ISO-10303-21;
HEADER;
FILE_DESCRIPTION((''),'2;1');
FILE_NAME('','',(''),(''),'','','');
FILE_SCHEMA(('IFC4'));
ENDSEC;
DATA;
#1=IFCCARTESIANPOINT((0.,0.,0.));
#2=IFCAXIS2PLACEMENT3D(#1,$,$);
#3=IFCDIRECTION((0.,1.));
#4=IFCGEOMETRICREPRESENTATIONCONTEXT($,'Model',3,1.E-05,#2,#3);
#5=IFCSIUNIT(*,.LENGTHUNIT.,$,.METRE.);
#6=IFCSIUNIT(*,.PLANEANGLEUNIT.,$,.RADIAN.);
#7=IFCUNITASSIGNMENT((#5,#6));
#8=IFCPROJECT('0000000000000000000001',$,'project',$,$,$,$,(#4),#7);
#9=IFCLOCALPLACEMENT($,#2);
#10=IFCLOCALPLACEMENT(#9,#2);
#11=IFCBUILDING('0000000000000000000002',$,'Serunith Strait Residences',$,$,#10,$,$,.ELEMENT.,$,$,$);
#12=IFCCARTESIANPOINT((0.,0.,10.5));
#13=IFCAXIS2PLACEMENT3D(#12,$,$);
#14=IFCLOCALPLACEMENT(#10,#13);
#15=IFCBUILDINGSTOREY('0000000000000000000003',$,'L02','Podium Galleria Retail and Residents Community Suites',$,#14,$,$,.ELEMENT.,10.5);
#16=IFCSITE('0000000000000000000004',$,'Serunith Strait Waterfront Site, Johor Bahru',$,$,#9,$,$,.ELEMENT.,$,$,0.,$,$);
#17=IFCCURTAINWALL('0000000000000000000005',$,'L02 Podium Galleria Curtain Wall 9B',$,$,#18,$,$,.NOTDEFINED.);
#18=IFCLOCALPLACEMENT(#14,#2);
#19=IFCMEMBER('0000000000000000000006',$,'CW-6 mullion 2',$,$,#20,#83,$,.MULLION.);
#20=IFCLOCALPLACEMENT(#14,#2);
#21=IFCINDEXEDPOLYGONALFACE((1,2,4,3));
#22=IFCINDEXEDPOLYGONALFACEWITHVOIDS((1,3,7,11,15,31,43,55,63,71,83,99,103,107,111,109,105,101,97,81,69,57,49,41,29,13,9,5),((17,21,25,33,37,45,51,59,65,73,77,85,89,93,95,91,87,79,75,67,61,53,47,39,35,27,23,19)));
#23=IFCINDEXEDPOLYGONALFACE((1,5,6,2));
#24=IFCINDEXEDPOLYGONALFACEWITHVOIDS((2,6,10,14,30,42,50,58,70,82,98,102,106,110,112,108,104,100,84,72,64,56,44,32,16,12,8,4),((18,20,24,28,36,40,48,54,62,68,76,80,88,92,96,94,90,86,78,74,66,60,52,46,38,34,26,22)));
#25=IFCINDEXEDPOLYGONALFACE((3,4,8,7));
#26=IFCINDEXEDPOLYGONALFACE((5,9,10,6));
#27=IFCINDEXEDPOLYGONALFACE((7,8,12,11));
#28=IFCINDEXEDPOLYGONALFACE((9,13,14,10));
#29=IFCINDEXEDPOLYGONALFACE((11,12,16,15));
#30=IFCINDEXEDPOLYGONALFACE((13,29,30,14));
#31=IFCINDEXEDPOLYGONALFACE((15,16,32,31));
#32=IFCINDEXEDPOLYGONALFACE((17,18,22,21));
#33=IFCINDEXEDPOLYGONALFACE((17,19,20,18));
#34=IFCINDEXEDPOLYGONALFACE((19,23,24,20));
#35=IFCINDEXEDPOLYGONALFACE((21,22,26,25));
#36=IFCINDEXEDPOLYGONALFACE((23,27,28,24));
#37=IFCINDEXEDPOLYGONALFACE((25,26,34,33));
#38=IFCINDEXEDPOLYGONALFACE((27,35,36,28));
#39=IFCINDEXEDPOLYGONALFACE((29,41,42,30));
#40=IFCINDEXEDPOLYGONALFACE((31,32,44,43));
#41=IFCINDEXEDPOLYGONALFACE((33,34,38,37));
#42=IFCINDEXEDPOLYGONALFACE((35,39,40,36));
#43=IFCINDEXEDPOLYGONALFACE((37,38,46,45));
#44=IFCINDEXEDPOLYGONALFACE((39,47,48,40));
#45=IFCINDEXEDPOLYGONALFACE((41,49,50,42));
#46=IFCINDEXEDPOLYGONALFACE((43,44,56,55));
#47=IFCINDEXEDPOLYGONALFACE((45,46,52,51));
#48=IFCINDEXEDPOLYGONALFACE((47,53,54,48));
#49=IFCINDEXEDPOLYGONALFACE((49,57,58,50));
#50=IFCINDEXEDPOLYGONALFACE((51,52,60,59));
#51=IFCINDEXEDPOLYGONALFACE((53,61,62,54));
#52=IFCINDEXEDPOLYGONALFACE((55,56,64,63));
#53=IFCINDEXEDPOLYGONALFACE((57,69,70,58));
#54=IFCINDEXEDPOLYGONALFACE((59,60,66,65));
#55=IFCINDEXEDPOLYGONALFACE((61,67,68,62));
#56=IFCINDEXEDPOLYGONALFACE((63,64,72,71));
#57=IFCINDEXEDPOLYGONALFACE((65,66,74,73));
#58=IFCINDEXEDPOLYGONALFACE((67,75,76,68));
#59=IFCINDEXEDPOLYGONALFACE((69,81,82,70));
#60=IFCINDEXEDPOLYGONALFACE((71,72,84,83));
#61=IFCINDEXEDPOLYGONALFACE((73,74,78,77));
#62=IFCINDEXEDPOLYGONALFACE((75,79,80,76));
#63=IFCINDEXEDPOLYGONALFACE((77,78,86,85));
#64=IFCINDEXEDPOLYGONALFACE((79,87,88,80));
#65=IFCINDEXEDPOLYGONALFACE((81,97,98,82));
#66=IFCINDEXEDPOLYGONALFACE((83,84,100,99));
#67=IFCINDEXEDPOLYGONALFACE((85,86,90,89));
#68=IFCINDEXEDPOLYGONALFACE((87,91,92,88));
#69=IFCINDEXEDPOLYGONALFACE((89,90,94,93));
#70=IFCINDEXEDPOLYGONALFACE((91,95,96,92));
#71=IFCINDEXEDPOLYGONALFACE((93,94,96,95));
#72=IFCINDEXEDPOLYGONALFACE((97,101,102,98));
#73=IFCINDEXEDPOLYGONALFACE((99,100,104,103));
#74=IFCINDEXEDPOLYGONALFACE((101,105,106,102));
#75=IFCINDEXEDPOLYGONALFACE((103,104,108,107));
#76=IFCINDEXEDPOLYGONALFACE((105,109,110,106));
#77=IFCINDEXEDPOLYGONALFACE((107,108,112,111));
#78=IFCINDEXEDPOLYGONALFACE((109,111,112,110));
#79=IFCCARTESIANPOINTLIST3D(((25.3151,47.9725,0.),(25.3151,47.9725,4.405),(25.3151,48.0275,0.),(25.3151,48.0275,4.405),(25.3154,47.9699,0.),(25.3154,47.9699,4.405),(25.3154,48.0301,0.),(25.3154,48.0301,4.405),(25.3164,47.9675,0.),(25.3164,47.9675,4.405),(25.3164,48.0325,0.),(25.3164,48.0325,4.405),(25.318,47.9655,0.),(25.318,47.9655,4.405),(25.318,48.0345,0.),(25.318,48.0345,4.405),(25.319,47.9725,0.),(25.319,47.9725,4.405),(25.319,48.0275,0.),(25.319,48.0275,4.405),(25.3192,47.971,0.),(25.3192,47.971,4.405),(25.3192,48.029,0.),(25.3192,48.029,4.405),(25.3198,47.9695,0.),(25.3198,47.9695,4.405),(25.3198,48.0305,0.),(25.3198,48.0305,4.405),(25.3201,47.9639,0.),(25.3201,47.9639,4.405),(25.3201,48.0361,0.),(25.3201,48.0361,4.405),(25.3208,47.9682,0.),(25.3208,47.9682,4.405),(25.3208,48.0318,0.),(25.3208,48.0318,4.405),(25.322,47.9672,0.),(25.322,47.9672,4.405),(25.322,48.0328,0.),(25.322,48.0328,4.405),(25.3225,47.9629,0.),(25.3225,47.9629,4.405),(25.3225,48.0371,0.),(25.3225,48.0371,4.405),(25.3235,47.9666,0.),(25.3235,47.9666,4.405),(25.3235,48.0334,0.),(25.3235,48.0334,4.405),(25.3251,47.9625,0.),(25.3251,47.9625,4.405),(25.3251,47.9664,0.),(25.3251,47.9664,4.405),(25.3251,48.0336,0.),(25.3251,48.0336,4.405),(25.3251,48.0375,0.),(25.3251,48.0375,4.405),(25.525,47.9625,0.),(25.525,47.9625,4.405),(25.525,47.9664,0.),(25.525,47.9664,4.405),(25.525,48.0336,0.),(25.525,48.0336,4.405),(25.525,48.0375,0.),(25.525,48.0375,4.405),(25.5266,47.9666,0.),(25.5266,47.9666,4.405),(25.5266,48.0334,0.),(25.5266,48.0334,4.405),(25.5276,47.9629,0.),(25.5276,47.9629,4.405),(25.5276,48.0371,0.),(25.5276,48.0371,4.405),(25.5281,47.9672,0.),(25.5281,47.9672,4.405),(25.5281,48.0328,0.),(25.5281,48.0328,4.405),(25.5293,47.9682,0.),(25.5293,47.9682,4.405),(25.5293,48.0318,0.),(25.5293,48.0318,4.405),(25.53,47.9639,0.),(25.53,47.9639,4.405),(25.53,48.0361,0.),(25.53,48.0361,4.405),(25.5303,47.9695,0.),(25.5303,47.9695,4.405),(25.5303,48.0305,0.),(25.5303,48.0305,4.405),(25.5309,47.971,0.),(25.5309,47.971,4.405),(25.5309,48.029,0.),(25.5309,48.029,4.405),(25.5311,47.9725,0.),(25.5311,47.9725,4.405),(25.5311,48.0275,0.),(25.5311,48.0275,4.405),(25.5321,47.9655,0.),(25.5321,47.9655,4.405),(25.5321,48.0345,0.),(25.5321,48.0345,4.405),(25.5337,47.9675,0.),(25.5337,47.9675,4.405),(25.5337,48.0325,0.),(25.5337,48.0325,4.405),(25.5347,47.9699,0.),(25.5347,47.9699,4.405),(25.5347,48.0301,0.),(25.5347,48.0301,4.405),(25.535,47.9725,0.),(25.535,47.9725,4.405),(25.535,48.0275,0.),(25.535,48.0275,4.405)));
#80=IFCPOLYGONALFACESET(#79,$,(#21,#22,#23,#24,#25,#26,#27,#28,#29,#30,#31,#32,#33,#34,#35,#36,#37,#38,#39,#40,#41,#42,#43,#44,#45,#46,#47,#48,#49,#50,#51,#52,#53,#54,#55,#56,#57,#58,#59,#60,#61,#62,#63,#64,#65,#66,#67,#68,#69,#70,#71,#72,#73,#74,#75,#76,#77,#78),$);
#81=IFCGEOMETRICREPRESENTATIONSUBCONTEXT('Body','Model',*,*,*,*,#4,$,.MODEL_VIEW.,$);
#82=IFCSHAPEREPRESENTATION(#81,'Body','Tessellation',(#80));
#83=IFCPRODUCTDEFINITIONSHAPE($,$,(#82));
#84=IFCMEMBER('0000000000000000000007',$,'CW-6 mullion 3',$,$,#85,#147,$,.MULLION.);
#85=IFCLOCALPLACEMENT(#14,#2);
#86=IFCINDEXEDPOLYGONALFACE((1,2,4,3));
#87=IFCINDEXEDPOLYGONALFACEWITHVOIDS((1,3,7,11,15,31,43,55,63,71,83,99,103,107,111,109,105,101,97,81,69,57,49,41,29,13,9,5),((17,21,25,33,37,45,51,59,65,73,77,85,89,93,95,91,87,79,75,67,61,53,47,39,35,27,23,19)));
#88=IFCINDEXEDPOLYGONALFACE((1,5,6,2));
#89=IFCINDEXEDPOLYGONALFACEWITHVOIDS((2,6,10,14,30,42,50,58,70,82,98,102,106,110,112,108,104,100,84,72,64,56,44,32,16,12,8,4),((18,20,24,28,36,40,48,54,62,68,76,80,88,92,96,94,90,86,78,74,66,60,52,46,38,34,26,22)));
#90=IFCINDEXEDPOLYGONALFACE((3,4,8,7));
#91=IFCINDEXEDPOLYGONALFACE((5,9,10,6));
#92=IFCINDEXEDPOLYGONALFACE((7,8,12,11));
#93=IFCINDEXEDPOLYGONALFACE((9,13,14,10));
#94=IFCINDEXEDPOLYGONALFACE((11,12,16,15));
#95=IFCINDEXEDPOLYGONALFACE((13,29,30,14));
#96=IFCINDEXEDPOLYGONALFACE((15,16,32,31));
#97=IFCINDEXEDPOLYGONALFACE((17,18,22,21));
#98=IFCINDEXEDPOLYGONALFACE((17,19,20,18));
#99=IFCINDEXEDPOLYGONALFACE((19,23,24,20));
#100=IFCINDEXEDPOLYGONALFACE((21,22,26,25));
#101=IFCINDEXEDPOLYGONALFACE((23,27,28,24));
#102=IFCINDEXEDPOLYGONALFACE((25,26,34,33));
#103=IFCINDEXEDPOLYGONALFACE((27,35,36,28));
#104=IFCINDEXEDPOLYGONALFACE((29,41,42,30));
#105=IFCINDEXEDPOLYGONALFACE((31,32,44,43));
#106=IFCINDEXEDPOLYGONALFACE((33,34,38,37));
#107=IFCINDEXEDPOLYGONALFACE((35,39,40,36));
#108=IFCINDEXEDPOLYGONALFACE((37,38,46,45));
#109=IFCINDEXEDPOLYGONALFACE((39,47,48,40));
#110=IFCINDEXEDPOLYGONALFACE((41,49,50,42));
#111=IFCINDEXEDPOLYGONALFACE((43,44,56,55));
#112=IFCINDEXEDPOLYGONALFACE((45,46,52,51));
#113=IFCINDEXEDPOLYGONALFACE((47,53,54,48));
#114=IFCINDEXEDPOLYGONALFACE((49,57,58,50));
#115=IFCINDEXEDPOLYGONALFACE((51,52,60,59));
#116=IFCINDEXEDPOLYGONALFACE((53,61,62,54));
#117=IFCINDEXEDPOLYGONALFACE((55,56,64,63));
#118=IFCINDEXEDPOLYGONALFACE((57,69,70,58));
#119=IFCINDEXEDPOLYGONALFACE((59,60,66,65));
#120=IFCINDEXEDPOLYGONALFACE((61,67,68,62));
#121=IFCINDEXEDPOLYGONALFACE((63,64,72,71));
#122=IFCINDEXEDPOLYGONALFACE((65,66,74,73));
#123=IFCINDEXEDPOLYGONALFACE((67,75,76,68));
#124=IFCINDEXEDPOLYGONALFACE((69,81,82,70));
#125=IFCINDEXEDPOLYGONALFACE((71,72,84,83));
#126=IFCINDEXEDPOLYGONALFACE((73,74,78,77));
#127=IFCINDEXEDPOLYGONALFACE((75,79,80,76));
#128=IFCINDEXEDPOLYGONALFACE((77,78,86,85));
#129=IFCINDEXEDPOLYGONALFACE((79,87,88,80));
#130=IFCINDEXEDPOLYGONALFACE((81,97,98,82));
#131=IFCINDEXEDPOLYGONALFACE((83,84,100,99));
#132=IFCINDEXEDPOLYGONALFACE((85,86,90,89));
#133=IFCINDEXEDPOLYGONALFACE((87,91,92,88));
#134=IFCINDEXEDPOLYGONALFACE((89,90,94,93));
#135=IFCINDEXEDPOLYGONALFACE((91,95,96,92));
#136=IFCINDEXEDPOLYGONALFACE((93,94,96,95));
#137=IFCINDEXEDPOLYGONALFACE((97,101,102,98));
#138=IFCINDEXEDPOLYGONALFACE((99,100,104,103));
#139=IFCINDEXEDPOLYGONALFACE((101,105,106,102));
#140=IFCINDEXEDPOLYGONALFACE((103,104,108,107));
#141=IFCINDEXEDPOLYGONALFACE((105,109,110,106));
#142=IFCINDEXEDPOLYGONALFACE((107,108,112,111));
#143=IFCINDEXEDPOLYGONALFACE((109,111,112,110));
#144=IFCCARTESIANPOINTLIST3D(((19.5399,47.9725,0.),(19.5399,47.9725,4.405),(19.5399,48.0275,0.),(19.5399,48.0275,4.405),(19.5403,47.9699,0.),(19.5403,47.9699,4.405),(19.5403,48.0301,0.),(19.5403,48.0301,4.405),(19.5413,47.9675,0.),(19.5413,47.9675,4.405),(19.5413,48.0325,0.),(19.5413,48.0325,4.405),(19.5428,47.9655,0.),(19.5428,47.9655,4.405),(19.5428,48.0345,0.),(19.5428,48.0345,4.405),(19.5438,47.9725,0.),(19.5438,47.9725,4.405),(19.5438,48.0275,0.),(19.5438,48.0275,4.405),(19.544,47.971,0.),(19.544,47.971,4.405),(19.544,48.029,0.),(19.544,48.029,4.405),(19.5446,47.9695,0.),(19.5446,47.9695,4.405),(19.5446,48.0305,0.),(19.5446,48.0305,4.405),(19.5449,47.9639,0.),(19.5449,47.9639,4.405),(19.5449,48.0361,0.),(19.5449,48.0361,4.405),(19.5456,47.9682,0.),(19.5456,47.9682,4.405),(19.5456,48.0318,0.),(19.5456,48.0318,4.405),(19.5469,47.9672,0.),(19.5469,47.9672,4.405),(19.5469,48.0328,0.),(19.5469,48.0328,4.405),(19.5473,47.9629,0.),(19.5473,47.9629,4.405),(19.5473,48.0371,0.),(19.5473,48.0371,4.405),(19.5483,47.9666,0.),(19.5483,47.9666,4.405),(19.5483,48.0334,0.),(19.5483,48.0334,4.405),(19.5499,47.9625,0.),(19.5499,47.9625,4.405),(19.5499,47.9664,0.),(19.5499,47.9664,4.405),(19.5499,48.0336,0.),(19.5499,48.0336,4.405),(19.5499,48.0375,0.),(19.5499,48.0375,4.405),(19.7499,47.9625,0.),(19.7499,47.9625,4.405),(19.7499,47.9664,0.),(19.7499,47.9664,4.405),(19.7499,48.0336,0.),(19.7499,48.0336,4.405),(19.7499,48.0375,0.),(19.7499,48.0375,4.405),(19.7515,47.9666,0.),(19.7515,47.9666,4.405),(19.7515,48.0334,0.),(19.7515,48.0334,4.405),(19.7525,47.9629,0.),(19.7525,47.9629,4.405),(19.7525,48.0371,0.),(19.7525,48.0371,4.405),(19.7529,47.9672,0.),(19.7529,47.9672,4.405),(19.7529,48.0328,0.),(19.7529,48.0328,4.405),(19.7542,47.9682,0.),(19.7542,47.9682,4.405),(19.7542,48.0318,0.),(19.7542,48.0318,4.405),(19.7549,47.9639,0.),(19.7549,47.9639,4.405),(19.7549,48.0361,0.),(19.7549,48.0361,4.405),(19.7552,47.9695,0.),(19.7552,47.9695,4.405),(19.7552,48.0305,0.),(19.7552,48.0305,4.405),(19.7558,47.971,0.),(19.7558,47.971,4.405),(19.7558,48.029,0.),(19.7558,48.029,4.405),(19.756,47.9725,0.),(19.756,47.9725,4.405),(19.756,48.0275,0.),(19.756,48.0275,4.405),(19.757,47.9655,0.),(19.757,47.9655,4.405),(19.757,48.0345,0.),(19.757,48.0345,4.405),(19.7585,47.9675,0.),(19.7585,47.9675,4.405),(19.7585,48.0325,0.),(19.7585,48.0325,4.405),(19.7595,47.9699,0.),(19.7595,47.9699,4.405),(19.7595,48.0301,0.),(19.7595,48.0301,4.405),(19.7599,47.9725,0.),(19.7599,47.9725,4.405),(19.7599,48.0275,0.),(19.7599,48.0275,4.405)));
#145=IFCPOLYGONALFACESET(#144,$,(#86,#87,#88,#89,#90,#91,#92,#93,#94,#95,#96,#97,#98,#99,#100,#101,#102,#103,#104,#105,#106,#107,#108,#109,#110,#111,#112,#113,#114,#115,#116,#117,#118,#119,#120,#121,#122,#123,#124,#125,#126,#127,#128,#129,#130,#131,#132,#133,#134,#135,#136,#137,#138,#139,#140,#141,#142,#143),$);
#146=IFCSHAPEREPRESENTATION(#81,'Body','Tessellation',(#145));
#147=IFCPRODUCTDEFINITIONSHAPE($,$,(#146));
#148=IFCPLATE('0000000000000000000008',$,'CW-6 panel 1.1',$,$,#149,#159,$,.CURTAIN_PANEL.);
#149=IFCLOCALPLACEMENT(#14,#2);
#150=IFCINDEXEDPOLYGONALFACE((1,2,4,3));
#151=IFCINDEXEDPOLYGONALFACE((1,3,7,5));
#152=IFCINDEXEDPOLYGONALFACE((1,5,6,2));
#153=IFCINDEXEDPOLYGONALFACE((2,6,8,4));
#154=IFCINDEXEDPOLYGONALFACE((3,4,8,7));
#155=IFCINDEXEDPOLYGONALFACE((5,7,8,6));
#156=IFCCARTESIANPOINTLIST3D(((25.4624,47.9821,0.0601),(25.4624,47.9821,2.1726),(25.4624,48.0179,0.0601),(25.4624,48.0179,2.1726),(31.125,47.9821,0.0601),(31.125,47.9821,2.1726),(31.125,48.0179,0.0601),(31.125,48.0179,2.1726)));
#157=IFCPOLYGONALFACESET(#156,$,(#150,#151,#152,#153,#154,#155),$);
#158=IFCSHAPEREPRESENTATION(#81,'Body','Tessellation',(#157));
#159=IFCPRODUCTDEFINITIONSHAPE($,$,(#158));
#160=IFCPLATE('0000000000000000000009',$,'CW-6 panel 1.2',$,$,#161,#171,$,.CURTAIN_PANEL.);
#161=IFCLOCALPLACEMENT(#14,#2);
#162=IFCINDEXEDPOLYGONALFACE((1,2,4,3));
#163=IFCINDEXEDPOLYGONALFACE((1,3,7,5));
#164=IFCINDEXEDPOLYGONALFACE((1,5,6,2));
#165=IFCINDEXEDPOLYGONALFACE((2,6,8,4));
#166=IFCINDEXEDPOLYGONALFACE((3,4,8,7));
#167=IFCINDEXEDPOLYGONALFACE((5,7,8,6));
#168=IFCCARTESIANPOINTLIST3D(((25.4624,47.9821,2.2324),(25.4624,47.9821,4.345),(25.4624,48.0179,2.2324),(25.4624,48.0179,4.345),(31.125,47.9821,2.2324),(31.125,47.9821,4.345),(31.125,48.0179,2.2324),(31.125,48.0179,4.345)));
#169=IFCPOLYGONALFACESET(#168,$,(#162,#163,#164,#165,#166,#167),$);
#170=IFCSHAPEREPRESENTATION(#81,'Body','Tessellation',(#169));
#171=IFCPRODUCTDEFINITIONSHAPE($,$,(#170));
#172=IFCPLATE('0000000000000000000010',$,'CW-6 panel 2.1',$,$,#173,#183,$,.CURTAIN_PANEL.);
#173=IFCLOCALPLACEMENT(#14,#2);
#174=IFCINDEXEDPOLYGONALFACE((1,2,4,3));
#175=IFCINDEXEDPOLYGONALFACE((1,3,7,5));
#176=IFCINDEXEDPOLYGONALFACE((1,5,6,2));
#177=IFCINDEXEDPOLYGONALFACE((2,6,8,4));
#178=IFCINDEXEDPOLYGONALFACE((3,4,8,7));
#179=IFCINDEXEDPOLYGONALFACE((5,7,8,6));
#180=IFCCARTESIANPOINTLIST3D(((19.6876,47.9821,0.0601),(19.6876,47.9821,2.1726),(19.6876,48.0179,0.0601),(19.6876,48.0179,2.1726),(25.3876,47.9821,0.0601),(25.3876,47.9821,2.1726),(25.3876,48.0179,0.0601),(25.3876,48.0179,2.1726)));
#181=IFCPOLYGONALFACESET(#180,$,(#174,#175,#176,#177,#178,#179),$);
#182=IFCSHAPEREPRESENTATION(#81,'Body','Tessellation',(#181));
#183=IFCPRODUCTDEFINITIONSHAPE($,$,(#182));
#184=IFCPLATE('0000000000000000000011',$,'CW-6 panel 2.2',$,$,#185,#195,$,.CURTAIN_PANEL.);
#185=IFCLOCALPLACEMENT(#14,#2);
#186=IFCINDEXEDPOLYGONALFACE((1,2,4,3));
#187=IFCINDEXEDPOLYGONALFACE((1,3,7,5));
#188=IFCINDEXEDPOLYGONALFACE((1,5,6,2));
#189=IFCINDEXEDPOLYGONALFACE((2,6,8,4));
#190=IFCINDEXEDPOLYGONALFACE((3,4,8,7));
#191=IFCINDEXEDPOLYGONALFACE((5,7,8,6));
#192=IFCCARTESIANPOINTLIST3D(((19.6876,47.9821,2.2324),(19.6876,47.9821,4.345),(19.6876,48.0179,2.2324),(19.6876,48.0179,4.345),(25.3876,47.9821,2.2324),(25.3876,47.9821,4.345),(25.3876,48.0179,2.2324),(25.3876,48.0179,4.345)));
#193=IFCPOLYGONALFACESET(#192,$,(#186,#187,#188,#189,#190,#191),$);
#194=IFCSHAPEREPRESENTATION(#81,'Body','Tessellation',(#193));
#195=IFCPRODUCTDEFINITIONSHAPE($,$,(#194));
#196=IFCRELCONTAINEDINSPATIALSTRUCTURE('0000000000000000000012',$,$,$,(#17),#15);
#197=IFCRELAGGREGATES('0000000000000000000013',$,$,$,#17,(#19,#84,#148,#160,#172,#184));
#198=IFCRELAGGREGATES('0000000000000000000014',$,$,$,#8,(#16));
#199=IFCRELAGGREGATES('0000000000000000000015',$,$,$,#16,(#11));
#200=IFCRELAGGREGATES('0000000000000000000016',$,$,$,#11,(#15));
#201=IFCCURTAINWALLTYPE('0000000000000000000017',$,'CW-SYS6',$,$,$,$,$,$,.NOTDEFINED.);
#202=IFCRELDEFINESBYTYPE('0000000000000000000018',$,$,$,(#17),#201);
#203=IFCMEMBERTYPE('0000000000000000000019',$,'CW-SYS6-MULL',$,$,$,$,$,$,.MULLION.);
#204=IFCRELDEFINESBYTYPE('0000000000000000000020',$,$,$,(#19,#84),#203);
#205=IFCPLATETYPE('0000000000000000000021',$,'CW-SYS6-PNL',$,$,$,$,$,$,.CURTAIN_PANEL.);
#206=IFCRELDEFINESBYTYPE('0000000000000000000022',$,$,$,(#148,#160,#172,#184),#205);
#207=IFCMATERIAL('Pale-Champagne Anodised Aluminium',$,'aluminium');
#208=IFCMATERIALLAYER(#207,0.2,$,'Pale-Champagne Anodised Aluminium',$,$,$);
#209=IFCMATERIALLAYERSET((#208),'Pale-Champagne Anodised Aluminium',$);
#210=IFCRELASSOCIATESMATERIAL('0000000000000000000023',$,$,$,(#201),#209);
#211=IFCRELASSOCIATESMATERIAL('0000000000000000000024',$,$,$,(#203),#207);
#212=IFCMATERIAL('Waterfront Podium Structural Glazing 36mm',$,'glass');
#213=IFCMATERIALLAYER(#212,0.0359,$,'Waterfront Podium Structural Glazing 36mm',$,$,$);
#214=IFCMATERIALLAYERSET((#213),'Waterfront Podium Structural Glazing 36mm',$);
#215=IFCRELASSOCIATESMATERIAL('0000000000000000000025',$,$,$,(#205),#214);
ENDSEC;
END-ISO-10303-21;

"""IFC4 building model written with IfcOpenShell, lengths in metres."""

from ifc_helpers import new_model, si_unit, direction, frame, origin, origin_2d, place, context, subcontext, project, spatial, rectangle, hollow_rectangle, extrude, source, transform, mapped, material, layer, layer_set, material_profile, profile_set, type_object, element, aggregate, save


model = new_model("IFC4")

# Units and contexts
model_context = context("Model", 3, precision=1e-05, world=origin(), true_north=direction((0.0, 1.0)))
body_context = subcontext(model_context, "Body", "Model", "MODEL_VIEW")
ifc_project = project(units=[si_unit("LENGTHUNIT", "METRE"), si_unit("PLANEANGLEUNIT", "RADIAN")], contexts=[model_context])

# Site, building, storey
site_placement = place(None, origin())
site = spatial("IfcSite", under=ifc_project, at=site_placement, Name="Serunith Strait Waterfront Site, Johor Bahru", CompositionType="ELEMENT", RefElevation=0.0)
building_placement = place(site_placement, origin())
building = spatial("IfcBuilding", under=site, at=building_placement, Name="Serunith Strait Residences", CompositionType="ELEMENT")
storey_placement = place(building_placement, frame((0.0, 0.0, 10.5)))
storey = spatial("IfcBuildingStorey", under=building, at=storey_placement, Name="L02", Description="Podium Galleria Retail and Residents Community Suites", CompositionType="ELEMENT", Elevation=10.5)

# Curtain wall, members, plates
ifc_material_1 = material(Name="Pale-Champagne Anodised Aluminium", Category="aluminium")
ifc_layer_1 = layer(ifc_material_1, 0.2, Name="Pale-Champagne Anodised Aluminium")
ifc_layer_set_1 = layer_set([ifc_layer_1], Name="Pale-Champagne Anodised Aluminium")
curtain_wall_type = type_object("IfcCurtainWallType", Name="CW-SYS6", PredefinedType="NOTDEFINED", material=ifc_layer_set_1)
curtain_wall_placement = place(storey_placement, origin())
curtain_wall = element("IfcCurtainWall", 1, at=curtain_wall_placement, inside=storey, type_object=curtain_wall_type, Name="L02 Podium Galleria Curtain Wall 9B", PredefinedType="NOTDEFINED")
ifc_material_profile_1 = material_profile(ifc_material_1, hollow_rectangle(XDim=0.075, YDim=0.22, WallThickness=0.0039, InnerFilletRadius=0.0061, OuterFilletRadius=0.01, at=origin_2d()), Name="ALU 220x75x4")
ifc_profile_set_1 = profile_set([ifc_material_profile_1], Name="Pale-Champagne Anodised Aluminium")
member_type_1 = type_object("IfcMemberType", Name="CW-SYS6-MULL", PredefinedType="MULLION", material=ifc_profile_set_1)
shared_shape_1 = source(origin(), body_context, "Body", "SweptSolid", [
    extrude(hollow_rectangle(XDim=0.075, YDim=0.22, WallThickness=0.0039, InnerFilletRadius=0.0061, OuterFilletRadius=0.01, at=origin_2d()), origin(), (0.0, 0.0, 1.0), 4.405),
])
member_1_placement = place(storey_placement, frame((25.425, 48.0, 0.0), z_axis=(0.0, 0.0, 1.0), x_axis=(0.0, -1.0, 0.0)))
member_1 = element("IfcMember", 2, at=member_1_placement, type_object=member_type_1, Name="CW-6 mullion 2", PredefinedType="MULLION", context=body_context, shape_type="MappedRepresentation", body=[
    mapped(shared_shape_1, transform((0.0, 0.0, 0.0), scale=1.0)),
])
member_2_placement = place(storey_placement, frame((19.6499, 48.0, 0.0), z_axis=(0.0, 0.0, 1.0), x_axis=(0.0, -1.0, 0.0)))
member_2 = element("IfcMember", 3, at=member_2_placement, type_object=member_type_1, Name="CW-6 mullion 3", PredefinedType="MULLION", context=body_context, shape_type="MappedRepresentation", body=[
    mapped(shared_shape_1, transform((0.0, 0.0, 0.0), scale=1.0)),
])
ifc_material_2 = material(Name="Waterfront Podium Structural Glazing 36mm", Category="glass")
ifc_layer_2 = layer(ifc_material_2, 0.0359, Name="Waterfront Podium Structural Glazing 36mm")
ifc_layer_set_2 = layer_set([ifc_layer_2], Name="Waterfront Podium Structural Glazing 36mm")
plate_type = type_object("IfcPlateType", Name="CW-SYS6-PNL", PredefinedType="CURTAIN_PANEL", material=ifc_layer_set_2)
shared_shape_2 = source(origin(), body_context, "Body", "SweptSolid", [
    extrude(rectangle(XDim=5.6626, YDim=0.0359, at=origin_2d()), origin(), (0.0, 0.0, 1.0), 2.1125),
])
plate_1_placement = place(storey_placement, frame((28.2937, 48.0, 0.0601), z_axis=(0.0, 0.0, 1.0), x_axis=(-1.0, 0.0, 0.0)))
plate_1 = element("IfcPlate", 4, at=plate_1_placement, type_object=plate_type, Name="CW-6 panel 1.1", PredefinedType="CURTAIN_PANEL", context=body_context, shape_type="MappedRepresentation", body=[
    mapped(shared_shape_2, transform((0.0, 0.0, 0.0), scale=1.0)),
])
plate_2_placement = place(storey_placement, frame((28.2937, 48.0, 2.2324), z_axis=(0.0, 0.0, 1.0), x_axis=(-1.0, 0.0, 0.0)))
plate_2 = element("IfcPlate", 5, at=plate_2_placement, type_object=plate_type, Name="CW-6 panel 1.2", PredefinedType="CURTAIN_PANEL", context=body_context, shape_type="MappedRepresentation", body=[
    mapped(shared_shape_2, transform((0.0, 0.0, 0.0), scale=1.0)),
])
shared_shape_3 = source(origin(), body_context, "Body", "SweptSolid", [
    extrude(rectangle(XDim=5.7, YDim=0.0359, at=origin_2d()), origin(), (0.0, 0.0, 1.0), 2.1125),
])
plate_3_placement = place(storey_placement, frame((22.5376, 48.0, 0.0601), z_axis=(0.0, 0.0, 1.0), x_axis=(-1.0, 0.0, 0.0)))
plate_3 = element("IfcPlate", 6, at=plate_3_placement, type_object=plate_type, Name="CW-6 panel 2.1", PredefinedType="CURTAIN_PANEL", context=body_context, shape_type="MappedRepresentation", body=[
    mapped(shared_shape_3, transform((0.0, 0.0, 0.0), scale=1.0)),
])
plate_4_placement = place(storey_placement, frame((22.5376, 48.0, 2.2324), z_axis=(0.0, 0.0, 1.0), x_axis=(-1.0, 0.0, 0.0)))
plate_4 = element("IfcPlate", 7, at=plate_4_placement, type_object=plate_type, Name="CW-6 panel 2.2", PredefinedType="CURTAIN_PANEL", context=body_context, shape_type="MappedRepresentation", body=[
    mapped(shared_shape_3, transform((0.0, 0.0, 0.0), scale=1.0)),
])
aggregate(curtain_wall, [member_1, member_2, plate_1, plate_2, plate_3, plate_4])

save(model, "model.ifc")
